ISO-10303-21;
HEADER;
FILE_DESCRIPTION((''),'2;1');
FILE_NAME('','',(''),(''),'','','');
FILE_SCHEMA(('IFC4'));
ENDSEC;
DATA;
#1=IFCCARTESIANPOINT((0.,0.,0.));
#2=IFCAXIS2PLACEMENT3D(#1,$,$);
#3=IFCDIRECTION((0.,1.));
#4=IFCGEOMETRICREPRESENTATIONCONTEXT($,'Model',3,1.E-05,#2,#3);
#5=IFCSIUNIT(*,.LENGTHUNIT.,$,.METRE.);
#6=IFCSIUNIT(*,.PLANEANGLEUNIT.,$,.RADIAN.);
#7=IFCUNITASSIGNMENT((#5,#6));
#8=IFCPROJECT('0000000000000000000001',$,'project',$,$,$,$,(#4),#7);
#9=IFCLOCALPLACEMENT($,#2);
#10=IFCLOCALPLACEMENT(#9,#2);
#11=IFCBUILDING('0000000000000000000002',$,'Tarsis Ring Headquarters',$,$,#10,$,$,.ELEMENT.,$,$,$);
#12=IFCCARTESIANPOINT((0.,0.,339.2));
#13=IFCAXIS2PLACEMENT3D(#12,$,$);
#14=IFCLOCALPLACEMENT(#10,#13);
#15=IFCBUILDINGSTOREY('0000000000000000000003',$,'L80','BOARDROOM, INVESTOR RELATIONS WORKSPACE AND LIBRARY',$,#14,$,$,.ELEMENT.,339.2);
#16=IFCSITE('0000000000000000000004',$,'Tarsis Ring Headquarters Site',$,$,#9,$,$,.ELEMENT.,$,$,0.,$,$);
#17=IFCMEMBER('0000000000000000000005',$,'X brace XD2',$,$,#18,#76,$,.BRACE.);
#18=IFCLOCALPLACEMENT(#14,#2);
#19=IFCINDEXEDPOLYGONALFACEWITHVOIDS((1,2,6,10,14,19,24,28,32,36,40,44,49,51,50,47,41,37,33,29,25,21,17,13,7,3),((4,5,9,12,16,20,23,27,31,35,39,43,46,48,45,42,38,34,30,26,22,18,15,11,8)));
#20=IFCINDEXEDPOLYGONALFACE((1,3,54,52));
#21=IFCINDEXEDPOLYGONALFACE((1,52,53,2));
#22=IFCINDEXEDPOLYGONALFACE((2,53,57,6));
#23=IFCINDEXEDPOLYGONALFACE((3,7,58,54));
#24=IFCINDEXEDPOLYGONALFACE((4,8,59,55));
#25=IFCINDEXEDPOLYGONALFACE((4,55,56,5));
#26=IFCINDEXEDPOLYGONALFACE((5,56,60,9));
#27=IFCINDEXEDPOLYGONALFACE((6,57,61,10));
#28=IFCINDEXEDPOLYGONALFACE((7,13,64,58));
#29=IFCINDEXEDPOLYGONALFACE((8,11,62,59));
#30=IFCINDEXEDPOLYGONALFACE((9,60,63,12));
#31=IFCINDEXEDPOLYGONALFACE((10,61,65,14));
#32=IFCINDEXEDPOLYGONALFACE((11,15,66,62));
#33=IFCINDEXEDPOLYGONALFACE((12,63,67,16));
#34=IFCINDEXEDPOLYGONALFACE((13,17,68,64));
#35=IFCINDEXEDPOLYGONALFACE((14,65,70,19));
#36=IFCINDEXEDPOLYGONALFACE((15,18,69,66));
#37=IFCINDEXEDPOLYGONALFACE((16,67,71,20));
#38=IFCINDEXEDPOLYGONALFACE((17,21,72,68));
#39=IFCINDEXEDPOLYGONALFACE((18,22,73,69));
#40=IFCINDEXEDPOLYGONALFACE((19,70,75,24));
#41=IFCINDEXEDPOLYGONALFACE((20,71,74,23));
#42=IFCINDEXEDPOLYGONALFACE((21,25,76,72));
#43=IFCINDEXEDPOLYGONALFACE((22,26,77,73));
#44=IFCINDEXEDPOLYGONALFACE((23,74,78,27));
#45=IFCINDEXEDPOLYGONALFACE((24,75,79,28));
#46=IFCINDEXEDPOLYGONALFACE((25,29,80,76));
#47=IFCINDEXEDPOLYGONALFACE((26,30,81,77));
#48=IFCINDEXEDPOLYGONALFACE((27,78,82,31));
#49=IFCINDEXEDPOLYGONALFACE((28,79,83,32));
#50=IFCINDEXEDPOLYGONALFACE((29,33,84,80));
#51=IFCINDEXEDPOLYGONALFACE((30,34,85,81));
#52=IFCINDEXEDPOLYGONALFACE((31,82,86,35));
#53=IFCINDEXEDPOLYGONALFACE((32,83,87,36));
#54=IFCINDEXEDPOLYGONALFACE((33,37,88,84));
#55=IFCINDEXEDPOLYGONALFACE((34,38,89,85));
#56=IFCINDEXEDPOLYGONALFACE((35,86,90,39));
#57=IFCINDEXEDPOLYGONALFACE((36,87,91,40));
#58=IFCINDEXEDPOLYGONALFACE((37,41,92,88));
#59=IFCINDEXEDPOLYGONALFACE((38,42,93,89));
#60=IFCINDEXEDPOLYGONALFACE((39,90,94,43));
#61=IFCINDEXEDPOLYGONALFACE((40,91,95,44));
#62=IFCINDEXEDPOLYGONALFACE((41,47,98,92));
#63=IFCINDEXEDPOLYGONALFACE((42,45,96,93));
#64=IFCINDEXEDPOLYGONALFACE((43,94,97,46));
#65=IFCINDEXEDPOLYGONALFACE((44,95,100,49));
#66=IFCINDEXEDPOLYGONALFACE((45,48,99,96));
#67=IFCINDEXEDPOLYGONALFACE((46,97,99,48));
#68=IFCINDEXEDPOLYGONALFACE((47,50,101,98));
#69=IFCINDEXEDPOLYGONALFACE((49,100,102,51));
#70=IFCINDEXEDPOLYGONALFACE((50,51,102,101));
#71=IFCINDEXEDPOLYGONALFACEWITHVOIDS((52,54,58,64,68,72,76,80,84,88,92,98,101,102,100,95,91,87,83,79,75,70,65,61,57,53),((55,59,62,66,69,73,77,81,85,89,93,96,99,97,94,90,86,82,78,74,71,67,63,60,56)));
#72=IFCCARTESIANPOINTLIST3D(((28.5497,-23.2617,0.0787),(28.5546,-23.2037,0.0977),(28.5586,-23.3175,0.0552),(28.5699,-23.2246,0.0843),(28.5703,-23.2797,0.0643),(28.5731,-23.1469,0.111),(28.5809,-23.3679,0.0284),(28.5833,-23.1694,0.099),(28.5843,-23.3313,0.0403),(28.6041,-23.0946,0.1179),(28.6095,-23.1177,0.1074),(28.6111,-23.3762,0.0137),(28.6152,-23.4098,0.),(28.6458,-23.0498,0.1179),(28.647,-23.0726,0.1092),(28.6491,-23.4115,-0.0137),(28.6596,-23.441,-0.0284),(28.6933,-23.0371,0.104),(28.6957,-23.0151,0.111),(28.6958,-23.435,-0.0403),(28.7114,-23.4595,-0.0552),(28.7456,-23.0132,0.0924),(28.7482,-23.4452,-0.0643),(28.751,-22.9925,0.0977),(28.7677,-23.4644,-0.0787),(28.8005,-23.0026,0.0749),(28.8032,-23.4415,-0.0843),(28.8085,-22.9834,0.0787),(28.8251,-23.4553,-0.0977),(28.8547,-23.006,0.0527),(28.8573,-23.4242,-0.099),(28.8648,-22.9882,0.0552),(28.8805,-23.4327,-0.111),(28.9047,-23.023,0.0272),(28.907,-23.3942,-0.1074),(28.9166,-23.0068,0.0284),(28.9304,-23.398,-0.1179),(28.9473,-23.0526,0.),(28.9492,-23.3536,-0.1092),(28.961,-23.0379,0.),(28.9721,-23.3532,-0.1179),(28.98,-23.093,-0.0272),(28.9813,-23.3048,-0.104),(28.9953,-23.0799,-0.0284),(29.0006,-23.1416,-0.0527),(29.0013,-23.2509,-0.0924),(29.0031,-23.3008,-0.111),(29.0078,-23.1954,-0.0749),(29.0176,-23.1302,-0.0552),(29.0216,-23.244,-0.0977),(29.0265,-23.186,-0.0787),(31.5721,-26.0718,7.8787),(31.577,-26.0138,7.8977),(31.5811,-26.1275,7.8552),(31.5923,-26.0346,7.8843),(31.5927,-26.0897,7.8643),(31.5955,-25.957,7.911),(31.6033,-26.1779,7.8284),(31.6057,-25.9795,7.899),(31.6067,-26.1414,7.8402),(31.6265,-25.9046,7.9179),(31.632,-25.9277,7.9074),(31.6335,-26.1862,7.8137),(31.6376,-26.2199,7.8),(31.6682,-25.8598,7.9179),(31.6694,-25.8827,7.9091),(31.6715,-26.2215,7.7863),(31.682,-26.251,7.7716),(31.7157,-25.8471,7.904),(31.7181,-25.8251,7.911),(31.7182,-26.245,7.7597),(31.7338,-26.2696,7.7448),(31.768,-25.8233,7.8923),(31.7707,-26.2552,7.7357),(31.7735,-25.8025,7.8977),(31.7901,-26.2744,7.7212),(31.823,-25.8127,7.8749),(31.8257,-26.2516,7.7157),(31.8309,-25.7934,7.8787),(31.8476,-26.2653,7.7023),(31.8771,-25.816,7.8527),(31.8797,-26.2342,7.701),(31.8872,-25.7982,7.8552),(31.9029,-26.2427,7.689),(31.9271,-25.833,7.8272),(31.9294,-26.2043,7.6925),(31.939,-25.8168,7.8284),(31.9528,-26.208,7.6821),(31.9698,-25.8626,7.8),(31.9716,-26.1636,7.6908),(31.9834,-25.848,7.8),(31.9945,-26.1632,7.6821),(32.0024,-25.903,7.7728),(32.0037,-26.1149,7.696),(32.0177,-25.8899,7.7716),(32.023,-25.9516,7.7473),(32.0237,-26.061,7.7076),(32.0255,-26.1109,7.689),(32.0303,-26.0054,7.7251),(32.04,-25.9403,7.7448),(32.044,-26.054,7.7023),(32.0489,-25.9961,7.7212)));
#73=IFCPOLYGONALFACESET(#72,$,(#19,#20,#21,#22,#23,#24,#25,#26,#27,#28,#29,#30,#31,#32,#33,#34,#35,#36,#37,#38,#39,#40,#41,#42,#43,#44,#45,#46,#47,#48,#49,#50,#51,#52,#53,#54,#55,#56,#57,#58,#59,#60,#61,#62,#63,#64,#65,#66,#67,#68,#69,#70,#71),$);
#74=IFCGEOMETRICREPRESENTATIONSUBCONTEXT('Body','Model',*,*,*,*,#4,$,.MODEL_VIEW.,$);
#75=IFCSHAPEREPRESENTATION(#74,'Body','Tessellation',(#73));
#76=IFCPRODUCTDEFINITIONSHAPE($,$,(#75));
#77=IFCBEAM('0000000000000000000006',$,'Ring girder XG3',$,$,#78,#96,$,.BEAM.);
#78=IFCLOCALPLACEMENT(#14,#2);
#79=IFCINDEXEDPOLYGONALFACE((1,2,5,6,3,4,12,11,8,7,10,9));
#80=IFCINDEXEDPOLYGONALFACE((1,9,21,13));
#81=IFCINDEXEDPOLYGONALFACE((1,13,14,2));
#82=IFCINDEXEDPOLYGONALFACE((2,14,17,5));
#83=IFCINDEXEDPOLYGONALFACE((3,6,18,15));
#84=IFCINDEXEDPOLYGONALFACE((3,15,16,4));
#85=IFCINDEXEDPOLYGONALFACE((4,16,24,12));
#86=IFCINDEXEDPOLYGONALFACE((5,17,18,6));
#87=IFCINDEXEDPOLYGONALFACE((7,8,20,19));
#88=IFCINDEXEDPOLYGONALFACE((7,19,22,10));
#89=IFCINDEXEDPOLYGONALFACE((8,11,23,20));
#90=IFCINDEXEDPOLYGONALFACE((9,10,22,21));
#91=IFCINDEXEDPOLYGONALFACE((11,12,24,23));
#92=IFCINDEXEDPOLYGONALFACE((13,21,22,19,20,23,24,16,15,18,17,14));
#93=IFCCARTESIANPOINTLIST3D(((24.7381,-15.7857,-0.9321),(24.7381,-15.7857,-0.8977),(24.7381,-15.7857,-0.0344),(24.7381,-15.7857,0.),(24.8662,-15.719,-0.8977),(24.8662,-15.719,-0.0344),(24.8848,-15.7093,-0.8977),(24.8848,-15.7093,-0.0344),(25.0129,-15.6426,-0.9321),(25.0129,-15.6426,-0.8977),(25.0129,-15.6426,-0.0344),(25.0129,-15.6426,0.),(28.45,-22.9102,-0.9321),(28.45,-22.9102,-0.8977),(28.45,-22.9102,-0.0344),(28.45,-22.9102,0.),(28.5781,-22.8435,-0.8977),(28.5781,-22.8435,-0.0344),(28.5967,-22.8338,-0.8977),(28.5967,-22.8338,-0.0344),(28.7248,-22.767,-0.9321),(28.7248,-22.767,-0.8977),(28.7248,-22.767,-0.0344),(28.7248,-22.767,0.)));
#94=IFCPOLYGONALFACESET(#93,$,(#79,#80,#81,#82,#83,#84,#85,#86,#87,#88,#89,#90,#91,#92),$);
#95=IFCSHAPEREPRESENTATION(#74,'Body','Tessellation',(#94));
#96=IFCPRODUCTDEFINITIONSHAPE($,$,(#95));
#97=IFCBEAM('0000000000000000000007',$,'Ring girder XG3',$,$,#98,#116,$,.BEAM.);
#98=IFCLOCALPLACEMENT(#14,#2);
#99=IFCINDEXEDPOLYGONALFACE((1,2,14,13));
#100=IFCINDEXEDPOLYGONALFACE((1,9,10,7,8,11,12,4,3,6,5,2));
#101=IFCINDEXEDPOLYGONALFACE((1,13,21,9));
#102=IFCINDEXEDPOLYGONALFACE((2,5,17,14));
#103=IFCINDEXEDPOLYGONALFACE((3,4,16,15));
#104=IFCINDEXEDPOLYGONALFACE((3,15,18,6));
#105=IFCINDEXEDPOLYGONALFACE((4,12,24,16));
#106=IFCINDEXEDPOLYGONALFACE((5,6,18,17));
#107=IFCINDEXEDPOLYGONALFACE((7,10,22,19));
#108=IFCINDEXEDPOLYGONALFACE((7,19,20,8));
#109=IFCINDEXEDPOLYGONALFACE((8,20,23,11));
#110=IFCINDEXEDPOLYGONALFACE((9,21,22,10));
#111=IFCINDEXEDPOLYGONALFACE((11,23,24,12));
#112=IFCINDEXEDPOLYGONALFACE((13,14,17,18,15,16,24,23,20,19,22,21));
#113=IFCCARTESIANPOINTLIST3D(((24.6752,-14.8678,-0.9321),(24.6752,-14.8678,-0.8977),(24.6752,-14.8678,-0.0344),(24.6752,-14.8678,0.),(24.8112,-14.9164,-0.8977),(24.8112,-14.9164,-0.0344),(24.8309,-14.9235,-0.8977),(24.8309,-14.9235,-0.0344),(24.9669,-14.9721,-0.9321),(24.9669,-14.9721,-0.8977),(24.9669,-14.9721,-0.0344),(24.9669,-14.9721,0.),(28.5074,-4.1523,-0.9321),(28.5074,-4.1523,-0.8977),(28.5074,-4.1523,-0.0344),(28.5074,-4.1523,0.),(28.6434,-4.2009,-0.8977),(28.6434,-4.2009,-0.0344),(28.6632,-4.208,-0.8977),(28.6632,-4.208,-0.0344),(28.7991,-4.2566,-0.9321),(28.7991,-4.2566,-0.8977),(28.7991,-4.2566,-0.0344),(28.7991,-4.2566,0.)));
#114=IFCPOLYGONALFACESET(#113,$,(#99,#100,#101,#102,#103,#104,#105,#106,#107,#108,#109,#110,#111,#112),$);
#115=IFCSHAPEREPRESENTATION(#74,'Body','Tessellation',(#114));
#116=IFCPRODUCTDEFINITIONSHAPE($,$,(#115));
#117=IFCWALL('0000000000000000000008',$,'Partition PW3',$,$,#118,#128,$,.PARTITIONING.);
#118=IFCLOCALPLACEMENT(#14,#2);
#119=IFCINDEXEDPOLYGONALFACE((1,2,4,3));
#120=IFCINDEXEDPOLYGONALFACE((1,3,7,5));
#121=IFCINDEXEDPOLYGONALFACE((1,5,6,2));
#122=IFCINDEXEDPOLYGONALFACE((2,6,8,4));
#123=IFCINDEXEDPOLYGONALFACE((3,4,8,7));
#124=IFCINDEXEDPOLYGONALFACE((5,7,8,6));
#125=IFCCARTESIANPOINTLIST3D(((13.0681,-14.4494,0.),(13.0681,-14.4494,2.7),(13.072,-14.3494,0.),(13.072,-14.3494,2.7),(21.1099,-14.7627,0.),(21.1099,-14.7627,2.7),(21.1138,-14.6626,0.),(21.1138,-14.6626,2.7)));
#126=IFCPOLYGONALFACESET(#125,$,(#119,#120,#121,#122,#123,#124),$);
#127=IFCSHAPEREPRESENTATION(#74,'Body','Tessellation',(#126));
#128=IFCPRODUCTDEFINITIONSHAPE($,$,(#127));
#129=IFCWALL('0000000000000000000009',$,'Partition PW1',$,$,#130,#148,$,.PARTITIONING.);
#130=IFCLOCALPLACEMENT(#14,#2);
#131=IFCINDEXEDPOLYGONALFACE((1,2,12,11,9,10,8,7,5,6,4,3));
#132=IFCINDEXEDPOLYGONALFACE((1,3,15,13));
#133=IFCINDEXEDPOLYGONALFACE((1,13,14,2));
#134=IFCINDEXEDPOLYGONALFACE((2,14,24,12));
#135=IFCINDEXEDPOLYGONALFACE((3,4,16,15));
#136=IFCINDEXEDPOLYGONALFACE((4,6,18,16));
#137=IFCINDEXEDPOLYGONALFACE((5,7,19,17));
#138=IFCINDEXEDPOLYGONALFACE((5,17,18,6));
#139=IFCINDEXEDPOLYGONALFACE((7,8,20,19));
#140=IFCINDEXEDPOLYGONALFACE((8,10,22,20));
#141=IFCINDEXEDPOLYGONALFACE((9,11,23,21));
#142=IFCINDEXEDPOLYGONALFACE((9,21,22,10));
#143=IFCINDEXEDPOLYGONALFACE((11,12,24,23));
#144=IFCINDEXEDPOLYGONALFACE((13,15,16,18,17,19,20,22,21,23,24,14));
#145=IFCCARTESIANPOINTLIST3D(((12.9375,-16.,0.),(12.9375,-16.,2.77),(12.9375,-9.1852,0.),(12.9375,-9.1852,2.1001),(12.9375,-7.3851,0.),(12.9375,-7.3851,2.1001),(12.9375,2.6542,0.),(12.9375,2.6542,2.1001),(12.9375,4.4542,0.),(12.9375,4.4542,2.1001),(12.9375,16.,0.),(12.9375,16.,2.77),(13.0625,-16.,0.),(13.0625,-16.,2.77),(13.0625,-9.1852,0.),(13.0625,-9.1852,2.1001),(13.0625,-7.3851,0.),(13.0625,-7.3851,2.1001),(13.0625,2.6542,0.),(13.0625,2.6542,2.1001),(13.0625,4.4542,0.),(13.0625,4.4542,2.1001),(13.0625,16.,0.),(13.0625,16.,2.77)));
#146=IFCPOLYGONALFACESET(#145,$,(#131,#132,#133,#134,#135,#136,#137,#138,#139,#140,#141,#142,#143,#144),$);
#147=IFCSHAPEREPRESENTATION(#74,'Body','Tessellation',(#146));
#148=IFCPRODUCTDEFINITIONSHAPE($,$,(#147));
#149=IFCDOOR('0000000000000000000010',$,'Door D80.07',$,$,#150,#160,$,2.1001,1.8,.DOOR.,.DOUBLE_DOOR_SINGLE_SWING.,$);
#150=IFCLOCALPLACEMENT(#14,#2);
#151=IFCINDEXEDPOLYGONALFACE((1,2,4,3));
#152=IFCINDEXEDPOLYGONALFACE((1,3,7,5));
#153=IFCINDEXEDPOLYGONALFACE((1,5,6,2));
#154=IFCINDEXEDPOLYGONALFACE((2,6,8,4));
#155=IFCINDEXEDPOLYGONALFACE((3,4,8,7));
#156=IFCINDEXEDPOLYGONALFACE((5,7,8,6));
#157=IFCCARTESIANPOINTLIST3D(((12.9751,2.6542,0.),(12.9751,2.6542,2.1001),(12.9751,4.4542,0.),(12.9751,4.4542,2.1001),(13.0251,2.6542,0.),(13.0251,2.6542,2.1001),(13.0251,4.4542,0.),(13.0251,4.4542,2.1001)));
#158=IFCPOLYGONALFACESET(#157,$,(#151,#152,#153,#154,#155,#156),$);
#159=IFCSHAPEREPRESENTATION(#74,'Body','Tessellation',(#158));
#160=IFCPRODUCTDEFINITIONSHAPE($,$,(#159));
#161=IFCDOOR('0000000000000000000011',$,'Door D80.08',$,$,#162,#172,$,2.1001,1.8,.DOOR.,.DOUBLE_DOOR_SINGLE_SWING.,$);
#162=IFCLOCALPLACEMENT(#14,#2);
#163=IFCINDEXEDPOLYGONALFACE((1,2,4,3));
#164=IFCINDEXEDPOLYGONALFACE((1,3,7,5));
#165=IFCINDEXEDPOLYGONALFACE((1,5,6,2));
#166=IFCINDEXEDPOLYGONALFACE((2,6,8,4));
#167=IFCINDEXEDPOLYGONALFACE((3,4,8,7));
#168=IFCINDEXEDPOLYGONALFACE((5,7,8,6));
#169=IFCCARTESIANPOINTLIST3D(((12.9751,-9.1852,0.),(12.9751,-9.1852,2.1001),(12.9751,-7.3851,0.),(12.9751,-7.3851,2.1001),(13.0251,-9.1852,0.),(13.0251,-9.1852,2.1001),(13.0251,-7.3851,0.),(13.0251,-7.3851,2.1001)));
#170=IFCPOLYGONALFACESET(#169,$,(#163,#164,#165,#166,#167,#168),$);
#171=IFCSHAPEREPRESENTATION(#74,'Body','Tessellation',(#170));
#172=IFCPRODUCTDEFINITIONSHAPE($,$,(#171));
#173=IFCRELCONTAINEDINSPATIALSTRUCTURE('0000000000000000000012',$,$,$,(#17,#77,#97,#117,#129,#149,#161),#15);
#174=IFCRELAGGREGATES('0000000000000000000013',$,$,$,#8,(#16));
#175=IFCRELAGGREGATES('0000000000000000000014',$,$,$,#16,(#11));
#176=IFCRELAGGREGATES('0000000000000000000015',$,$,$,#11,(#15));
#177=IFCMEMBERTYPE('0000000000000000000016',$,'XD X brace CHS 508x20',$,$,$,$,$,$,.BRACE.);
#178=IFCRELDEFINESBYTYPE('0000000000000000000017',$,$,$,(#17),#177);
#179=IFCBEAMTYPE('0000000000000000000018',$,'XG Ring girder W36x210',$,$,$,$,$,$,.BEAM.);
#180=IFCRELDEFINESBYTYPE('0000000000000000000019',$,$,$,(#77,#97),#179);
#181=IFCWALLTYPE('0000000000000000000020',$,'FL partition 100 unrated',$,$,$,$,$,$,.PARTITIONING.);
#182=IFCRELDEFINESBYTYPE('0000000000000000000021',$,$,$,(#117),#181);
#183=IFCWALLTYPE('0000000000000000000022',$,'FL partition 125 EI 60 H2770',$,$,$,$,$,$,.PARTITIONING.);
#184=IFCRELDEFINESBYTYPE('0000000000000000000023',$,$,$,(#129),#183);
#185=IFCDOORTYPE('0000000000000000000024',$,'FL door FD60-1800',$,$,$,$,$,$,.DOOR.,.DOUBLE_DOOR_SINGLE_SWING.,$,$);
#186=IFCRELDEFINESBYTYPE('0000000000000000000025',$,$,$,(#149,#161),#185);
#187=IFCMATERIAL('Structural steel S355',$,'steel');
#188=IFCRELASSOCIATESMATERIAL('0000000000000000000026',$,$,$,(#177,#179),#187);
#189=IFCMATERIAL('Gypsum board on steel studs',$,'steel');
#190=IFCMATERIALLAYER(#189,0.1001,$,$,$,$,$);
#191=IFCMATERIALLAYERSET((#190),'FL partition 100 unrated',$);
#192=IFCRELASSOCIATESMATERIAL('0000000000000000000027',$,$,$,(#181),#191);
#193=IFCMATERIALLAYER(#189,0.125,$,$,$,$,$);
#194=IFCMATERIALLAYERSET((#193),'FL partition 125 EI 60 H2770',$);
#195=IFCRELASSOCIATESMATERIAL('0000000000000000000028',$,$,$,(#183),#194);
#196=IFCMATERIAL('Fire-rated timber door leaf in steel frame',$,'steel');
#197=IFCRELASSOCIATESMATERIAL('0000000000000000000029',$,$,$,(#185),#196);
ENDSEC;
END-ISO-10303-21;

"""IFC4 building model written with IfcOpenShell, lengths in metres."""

from ifc_helpers import new_model, si_unit, direction, frame, frame_2d, origin, origin_2d, place, context, subcontext, project, spatial, rectangle, hollow_circle, i_section, extrude, material, layer, layer_set, material_profile, profile_set, type_object, element, fill, save


model = new_model("IFC4")

# Units and contexts
model_context = context("Model", 3, precision=1e-05, world=origin(), true_north=direction((0.0, 1.0)))
body_context = subcontext(model_context, "Body", "Model", "MODEL_VIEW")
ifc_project = project(units=[si_unit("LENGTHUNIT", "METRE"), si_unit("PLANEANGLEUNIT", "RADIAN")], contexts=[model_context])

# Site, building, storey
site_placement = place(None, origin())
site = spatial("IfcSite", under=ifc_project, at=site_placement, Name="Tarsis Ring Headquarters Site", CompositionType="ELEMENT", RefElevation=0.0)
building_placement = place(site_placement, origin())
building = spatial("IfcBuilding", under=site, at=building_placement, Name="Tarsis Ring Headquarters", CompositionType="ELEMENT")
storey_placement = place(building_placement, frame((0.0, 0.0, 339.2)))
storey = spatial("IfcBuildingStorey", under=building, at=storey_placement, Name="L80", Description="BOARDROOM, INVESTOR RELATIONS WORKSPACE AND LIBRARY", CompositionType="ELEMENT", Elevation=339.2)

# Shared definitions
ifc_material_1 = material(Name="Structural steel S355", Category="steel")

# Member
ifc_material_profile_1 = material_profile(ifc_material_1, hollow_circle(Radius=0.2539, WallThickness=0.02, at=origin_2d()), Name="CHS 508x20")
ifc_profile_set_1 = profile_set([ifc_material_profile_1], Name="Structural steel S355")
member_type = type_object("IfcMemberType", Name="XD X brace CHS 508x20", PredefinedType="BRACE", material=ifc_profile_set_1)
member_placement = place(storey_placement, frame((28.7881, -23.2239, 0.0), z_axis=(0.342506, -0.318437, 0.883905), x_axis=(0.680905, 0.732372, 0.0)))
element("IfcMember", 1, at=member_placement, inside=storey, type_object=member_type, Name="X brace XD2", PredefinedType="BRACE", context=body_context, shape_type="SweptSolid", body=[
    extrude(hollow_circle(Radius=0.2539, WallThickness=0.02, at=origin_2d()), origin(), (0.0, 0.0, 1.0), 8.8245),
])

# Beams
ifc_material_profile_2 = material_profile(ifc_material_1, i_section(OverallWidth=0.3098, OverallDepth=0.9321, WebThickness=0.021, FlangeThickness=0.0344, at=origin_2d()), Name="W36x210")
ifc_profile_set_2 = profile_set([ifc_material_profile_2], Name="Structural steel S355")
beam_type = type_object("IfcBeamType", Name="XG Ring girder W36x210", PredefinedType="BEAM", material=ifc_profile_set_2)
beam_1_placement = place(storey_placement, frame((28.5874, -22.8386, -0.4661), z_axis=(-0.462055, 0.886851, 0.0), x_axis=(-0.886851, -0.462055, 0.0)))
element("IfcBeam", 2, at=beam_1_placement, inside=storey, type_object=beam_type, Name="Ring girder XG3", PredefinedType="BEAM", context=body_context, shape_type="SweptSolid", body=[
    extrude(i_section(OverallWidth=0.3098, OverallDepth=0.9321, WebThickness=0.021, FlangeThickness=0.0344, at=origin_2d()), origin(), (0.0, 0.0, 1.0), 8.0334),
])
beam_2_placement = place(storey_placement, frame((24.821, -14.9199, -0.4661), z_axis=(0.336748, 0.941595, 0.0), x_axis=(-0.941595, 0.336748, 0.0)))
element("IfcBeam", 3, at=beam_2_placement, inside=storey, type_object=beam_type, Name="Ring girder XG3", PredefinedType="BEAM", context=body_context, shape_type="SweptSolid", body=[
    extrude(i_section(OverallWidth=0.3098, OverallDepth=0.9321, WebThickness=0.021, FlangeThickness=0.0344, at=origin_2d()), origin(), (0.0, 0.0, 1.0), 11.3801),
])

# Wall
ifc_material_2 = material(Name="Gypsum board on steel studs", Category="steel")
ifc_layer_1 = layer(ifc_material_2, 0.1001)
ifc_layer_set_1 = layer_set([ifc_layer_1], Name="FL partition 100 unrated")
wall_type_1 = type_object("IfcWallType", Name="FL partition 100 unrated", PredefinedType="PARTITIONING", material=ifc_layer_set_1)
wall_1_placement = place(storey_placement, frame((13.0701, -14.3994, 0.0), z_axis=(0.0, 0.0, 1.0), x_axis=(0.999242, -0.038921, 0.0)))
element("IfcWall", 4, at=wall_1_placement, inside=storey, type_object=wall_type_1, Name="Partition PW3", PredefinedType="PARTITIONING", context=body_context, shape_type="SweptSolid", body=[
    extrude(rectangle(XDim=8.0479, YDim=0.1001, at=frame_2d((4.0239, 0.0))), origin(), (0.0, 0.0, 1.0), 2.7),
])

# Wall, openings, doors
ifc_layer_2 = layer(ifc_material_2, 0.125)
ifc_layer_set_2 = layer_set([ifc_layer_2], Name="FL partition 125 EI 60 H2770")
wall_type_2 = type_object("IfcWallType", Name="FL partition 125 EI 60 H2770", PredefinedType="PARTITIONING", material=ifc_layer_set_2)
wall_2_placement = place(storey_placement, frame((13.0, -16.0, 0.0), z_axis=(0.0, 0.0, 1.0), x_axis=(0.0, 1.0, 0.0)))
wall_2 = element("IfcWall", 5, at=wall_2_placement, inside=storey, type_object=wall_type_2, Name="Partition PW1", PredefinedType="PARTITIONING", context=body_context, shape_type="SweptSolid", body=[
    extrude(rectangle(XDim=32.0, YDim=0.125, at=frame_2d((16.0, 0.0))), origin(), (0.0, 0.0, 1.0), 2.77),
])
opening_1_placement = place(wall_2_placement, frame((18.6543, 0.0, 0.0)))
opening_1 = element("IfcOpeningElement", 6, at=opening_1_placement, cuts=wall_2, PredefinedType="OPENING", context=body_context, shape_type="SweptSolid", body=[
    extrude(rectangle(XDim=1.8, YDim=2.1001, at=frame_2d((0.8999, 1.05))), frame((0.0, 0.0725, 0.0), z_axis=(0.0, -1.0, 0.0), x_axis=(1.0, 0.0, 0.0)), (0.0, 0.0, 1.0), 0.145),
])
opening_2_placement = place(wall_2_placement, frame((6.8149, 0.0, 0.0)))
opening_2 = element("IfcOpeningElement", 7, at=opening_2_placement, cuts=wall_2, PredefinedType="OPENING", context=body_context, shape_type="SweptSolid", body=[
    extrude(rectangle(XDim=1.8, YDim=2.1001, at=frame_2d((0.8999, 1.05))), frame((0.0, 0.0725, 0.0), z_axis=(0.0, -1.0, 0.0), x_axis=(1.0, 0.0, 0.0)), (0.0, 0.0, 1.0), 0.145),
])
ifc_material_3 = material(Name="Fire-rated timber door leaf in steel frame", Category="steel")
door_type = type_object("IfcDoorType", Name="FL door FD60-1800", OperationType="DOUBLE_DOOR_SINGLE_SWING", PredefinedType="DOOR", material=ifc_material_3)
door_1_placement = place(opening_1_placement, origin())
door_1 = element("IfcDoor", 8, at=door_1_placement, inside=storey, type_object=door_type, Name="Door D80.07", OperationType="DOUBLE_DOOR_SINGLE_SWING", OverallHeight=2.1001, OverallWidth=1.8, PredefinedType="DOOR", context=body_context, shape_type="SweptSolid", body=[
    extrude(rectangle(XDim=1.8, YDim=2.1001, at=frame_2d((0.8999, 1.05))), frame((0.0, 0.0249, 0.0), z_axis=(0.0, -1.0, 0.0), x_axis=(1.0, 0.0, 0.0)), (0.0, 0.0, 1.0), 0.05),
])
fill(opening_1, door_1)
door_2_placement = place(opening_2_placement, origin())
door_2 = element("IfcDoor", 9, at=door_2_placement, inside=storey, type_object=door_type, Name="Door D80.08", OperationType="DOUBLE_DOOR_SINGLE_SWING", OverallHeight=2.1001, OverallWidth=1.8, PredefinedType="DOOR", context=body_context, shape_type="SweptSolid", body=[
    extrude(rectangle(XDim=1.8, YDim=2.1001, at=frame_2d((0.8999, 1.05))), frame((0.0, 0.0249, 0.0), z_axis=(0.0, -1.0, 0.0), x_axis=(1.0, 0.0, 0.0)), (0.0, 0.0, 1.0), 0.05),
])
fill(opening_2, door_2)

save(model, "model.ifc")
